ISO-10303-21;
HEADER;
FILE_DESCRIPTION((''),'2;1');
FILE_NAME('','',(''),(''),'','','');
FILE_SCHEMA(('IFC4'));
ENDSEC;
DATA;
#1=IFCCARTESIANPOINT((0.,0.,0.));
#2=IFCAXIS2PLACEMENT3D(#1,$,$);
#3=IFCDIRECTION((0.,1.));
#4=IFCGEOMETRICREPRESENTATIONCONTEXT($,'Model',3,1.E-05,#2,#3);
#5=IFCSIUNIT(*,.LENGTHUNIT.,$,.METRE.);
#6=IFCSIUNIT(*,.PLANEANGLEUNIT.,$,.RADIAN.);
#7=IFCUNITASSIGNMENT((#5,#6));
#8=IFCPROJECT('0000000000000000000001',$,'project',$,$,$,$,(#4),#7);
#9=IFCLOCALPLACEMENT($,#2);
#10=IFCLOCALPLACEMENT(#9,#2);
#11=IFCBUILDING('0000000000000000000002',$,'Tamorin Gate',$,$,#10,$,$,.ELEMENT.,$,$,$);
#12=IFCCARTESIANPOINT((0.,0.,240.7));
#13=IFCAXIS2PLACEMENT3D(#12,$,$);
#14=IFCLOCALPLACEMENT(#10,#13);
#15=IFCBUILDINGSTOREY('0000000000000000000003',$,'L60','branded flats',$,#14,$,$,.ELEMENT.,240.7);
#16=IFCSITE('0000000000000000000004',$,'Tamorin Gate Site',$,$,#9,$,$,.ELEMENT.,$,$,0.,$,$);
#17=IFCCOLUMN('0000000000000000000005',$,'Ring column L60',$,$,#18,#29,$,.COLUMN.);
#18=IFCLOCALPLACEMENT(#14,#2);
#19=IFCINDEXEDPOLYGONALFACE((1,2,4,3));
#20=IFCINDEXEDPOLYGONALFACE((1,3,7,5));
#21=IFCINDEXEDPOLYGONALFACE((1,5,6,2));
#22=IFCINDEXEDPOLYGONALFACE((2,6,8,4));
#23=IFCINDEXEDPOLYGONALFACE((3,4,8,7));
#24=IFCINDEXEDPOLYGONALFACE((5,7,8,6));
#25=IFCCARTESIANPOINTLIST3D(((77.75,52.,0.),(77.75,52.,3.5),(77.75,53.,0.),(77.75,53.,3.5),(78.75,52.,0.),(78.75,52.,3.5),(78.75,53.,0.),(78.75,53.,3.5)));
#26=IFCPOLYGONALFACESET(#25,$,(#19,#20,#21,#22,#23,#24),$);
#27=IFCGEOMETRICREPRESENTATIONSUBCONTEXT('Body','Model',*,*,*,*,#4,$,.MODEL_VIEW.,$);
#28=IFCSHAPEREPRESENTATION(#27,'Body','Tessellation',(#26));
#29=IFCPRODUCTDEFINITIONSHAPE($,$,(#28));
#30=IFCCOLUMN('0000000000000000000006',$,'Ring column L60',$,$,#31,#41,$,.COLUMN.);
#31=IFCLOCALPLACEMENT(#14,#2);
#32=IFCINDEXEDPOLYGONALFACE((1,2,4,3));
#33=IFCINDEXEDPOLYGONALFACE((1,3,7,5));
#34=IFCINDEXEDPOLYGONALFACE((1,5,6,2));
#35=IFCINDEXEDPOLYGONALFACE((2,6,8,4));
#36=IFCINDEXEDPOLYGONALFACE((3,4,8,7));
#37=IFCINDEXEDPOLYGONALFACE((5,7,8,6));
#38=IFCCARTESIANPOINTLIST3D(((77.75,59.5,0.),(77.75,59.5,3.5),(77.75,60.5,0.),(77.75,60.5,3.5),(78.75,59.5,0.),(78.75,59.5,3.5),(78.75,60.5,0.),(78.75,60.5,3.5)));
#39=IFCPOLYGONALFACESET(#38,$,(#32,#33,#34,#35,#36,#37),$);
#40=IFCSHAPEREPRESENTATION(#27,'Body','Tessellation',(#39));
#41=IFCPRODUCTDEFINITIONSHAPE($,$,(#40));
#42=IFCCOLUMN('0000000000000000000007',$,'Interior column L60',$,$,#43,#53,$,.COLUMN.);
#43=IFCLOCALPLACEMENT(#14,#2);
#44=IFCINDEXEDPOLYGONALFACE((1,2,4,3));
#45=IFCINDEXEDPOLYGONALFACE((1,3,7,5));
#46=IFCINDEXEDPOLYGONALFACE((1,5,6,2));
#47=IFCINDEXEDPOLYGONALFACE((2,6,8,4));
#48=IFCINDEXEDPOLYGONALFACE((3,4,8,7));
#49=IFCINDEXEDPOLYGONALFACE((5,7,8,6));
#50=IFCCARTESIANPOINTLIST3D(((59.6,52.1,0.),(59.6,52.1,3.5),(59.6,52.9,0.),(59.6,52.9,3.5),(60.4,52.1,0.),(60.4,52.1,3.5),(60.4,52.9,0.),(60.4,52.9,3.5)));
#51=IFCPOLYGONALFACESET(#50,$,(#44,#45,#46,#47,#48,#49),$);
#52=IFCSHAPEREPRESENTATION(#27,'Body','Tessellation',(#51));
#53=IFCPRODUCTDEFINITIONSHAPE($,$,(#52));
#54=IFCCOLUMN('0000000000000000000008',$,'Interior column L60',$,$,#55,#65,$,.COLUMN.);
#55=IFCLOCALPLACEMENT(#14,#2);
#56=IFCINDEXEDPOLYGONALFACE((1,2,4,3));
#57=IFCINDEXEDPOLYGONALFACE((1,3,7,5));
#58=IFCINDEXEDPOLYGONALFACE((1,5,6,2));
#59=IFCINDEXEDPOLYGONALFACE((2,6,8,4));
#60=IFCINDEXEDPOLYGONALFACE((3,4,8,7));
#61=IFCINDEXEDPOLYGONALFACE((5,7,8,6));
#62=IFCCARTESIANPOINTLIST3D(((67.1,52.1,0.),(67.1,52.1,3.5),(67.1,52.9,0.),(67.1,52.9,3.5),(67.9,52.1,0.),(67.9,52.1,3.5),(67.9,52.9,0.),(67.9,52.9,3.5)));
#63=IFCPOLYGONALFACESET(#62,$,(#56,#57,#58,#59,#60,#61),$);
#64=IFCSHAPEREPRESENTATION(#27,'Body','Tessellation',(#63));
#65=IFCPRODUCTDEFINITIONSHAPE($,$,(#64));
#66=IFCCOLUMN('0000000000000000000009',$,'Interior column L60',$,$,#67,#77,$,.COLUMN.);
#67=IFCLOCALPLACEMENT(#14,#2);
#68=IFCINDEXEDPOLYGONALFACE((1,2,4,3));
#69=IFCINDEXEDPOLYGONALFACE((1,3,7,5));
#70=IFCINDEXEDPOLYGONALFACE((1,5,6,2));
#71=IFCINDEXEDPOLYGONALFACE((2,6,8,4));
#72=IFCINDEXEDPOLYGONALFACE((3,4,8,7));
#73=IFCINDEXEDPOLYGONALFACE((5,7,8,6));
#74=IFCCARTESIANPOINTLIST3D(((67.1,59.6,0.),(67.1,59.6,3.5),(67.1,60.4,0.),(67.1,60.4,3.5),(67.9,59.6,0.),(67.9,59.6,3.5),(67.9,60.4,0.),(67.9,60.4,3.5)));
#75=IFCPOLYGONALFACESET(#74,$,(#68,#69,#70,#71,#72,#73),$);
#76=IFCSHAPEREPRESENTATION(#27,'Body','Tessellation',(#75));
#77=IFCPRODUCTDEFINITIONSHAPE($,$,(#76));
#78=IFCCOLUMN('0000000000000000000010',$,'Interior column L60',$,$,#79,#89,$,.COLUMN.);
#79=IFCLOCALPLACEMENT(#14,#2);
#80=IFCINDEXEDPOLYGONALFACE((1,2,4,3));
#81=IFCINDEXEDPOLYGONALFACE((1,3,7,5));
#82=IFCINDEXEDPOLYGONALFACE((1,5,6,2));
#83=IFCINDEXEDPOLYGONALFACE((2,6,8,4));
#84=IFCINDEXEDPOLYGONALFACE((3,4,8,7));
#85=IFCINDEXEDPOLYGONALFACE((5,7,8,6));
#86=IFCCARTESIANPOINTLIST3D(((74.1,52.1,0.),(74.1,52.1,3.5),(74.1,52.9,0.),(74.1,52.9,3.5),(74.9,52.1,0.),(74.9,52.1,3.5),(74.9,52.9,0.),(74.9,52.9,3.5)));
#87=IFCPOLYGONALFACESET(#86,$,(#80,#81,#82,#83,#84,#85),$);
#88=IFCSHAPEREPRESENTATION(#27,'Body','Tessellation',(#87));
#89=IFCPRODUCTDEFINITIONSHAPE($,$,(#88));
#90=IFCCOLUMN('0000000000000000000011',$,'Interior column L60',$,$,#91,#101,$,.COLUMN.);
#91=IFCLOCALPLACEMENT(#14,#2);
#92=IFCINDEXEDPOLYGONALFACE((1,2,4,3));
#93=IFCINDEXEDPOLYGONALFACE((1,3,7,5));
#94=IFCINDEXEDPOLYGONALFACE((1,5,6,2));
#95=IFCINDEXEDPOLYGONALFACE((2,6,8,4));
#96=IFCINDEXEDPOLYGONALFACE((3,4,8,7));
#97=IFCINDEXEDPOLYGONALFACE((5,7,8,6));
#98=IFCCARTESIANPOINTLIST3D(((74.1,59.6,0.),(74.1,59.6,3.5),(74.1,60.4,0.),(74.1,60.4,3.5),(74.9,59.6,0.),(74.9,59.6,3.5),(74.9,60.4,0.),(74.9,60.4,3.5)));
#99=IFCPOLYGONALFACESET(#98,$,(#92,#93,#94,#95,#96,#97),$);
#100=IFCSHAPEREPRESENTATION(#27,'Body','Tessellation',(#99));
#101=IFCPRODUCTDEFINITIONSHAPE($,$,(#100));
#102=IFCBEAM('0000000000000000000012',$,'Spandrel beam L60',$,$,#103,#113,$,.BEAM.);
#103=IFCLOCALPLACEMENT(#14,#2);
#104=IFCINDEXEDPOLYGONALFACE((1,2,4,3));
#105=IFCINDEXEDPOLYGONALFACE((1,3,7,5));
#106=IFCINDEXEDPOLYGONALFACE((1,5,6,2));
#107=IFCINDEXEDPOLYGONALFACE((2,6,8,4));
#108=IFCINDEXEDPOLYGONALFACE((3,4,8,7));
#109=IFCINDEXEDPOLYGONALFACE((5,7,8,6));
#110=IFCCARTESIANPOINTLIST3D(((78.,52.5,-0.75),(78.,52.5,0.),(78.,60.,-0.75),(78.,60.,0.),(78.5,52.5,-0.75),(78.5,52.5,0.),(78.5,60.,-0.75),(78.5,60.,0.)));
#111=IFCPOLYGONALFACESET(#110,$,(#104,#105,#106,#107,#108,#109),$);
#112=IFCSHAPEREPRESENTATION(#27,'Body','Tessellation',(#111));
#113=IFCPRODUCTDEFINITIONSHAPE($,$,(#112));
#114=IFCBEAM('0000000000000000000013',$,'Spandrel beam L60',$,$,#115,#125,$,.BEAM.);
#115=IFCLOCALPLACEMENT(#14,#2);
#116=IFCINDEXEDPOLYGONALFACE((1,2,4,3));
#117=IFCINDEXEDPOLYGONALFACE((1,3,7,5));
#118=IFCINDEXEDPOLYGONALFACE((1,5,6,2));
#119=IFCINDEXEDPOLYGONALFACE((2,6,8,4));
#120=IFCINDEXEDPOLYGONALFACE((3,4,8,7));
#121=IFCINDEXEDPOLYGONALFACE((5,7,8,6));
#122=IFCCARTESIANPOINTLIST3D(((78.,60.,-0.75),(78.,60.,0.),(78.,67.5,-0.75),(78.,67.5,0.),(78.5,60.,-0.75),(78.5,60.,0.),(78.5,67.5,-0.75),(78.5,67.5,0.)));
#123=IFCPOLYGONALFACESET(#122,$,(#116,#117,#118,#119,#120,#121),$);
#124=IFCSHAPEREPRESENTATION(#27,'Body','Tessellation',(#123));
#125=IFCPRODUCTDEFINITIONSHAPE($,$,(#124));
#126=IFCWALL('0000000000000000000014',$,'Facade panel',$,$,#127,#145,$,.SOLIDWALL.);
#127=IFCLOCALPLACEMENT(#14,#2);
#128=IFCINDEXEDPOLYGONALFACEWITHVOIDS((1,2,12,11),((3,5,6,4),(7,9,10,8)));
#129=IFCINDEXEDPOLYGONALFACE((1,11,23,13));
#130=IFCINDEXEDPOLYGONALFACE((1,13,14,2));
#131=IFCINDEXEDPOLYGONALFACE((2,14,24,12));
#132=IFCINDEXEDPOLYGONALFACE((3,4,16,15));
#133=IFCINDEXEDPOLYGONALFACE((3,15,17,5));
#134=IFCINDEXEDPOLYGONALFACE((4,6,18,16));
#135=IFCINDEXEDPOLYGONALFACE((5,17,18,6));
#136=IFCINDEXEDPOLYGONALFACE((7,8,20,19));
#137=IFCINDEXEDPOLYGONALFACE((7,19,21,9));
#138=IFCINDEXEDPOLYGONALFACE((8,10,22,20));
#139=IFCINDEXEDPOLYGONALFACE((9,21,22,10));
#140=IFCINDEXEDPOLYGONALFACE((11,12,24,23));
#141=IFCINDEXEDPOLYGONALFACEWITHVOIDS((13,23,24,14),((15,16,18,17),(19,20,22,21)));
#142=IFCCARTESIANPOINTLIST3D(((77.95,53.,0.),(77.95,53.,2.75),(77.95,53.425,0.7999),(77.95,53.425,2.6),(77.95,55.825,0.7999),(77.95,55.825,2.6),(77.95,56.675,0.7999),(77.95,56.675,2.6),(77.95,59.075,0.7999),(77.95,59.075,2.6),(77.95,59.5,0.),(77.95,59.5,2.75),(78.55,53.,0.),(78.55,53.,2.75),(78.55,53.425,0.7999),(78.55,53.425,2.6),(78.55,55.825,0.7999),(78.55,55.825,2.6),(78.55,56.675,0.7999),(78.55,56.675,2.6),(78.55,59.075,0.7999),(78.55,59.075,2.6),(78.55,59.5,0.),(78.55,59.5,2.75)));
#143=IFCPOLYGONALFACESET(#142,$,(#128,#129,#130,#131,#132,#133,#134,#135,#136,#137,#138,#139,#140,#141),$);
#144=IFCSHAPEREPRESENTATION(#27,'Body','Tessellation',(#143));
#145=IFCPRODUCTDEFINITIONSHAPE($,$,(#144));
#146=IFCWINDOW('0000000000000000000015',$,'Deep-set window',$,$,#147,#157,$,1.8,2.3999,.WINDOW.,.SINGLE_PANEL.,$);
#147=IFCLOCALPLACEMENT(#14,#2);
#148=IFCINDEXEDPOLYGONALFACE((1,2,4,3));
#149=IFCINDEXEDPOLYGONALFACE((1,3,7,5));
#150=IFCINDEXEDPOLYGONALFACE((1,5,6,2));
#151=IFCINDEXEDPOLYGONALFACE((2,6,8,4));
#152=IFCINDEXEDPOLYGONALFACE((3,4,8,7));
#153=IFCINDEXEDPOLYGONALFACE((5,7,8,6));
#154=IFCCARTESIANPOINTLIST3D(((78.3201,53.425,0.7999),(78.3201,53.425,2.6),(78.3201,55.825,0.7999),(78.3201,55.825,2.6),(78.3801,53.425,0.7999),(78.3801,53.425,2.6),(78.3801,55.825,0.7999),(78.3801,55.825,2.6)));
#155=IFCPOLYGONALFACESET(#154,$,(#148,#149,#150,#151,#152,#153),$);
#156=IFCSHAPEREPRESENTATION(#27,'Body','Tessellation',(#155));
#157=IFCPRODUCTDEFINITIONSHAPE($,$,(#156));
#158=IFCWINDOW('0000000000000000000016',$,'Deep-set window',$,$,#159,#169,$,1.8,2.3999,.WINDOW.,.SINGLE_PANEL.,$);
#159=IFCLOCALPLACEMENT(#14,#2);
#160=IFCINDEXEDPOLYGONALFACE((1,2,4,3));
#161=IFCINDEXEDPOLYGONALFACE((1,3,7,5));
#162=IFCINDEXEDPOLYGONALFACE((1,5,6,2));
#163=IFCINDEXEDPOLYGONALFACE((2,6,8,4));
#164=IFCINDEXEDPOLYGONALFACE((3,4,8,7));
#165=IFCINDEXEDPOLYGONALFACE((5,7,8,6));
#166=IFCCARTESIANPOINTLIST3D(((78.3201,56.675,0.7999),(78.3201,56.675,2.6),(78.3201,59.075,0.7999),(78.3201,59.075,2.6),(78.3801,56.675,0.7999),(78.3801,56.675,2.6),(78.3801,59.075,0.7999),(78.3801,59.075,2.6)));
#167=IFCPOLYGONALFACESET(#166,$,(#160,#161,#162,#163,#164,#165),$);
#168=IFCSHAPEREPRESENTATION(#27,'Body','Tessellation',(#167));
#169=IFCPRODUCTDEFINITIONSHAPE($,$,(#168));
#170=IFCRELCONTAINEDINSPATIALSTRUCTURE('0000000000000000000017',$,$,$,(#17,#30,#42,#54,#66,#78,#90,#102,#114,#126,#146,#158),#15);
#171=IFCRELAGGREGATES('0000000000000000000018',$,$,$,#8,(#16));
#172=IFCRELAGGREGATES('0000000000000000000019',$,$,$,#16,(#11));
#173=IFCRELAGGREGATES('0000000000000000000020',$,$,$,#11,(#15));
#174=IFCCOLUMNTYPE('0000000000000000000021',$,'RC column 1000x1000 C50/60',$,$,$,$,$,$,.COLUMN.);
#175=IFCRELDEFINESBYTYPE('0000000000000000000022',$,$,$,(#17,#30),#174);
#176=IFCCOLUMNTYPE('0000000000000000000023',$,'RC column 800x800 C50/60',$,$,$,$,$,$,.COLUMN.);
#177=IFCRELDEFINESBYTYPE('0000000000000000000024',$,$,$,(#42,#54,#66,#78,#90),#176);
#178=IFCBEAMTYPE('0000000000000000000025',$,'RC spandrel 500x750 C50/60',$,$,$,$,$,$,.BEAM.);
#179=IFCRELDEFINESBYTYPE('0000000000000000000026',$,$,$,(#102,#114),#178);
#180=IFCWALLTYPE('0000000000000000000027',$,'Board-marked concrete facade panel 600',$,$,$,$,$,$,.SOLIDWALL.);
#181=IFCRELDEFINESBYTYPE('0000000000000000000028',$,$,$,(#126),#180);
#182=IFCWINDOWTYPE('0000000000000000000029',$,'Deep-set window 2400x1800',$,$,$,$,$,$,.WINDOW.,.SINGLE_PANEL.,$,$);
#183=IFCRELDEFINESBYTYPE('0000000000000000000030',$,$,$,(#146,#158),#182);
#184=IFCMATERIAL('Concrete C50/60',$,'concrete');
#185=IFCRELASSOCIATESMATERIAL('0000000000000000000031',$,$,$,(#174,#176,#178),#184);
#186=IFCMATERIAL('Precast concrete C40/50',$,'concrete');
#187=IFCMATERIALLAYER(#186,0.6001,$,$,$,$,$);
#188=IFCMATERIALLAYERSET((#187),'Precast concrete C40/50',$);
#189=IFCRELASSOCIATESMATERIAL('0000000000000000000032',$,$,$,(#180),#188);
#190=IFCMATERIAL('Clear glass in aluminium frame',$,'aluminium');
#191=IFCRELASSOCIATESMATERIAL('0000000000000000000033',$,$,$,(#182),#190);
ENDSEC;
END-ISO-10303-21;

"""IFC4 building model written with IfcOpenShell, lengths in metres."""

from ifc_helpers import new_model, si_unit, direction, frame, frame_2d, origin, origin_2d, place, context, subcontext, project, spatial, rectangle, extrude, material, layer, layer_set, material_profile, profile_set, type_object, element, fill, save


model = new_model("IFC4")

# Units and contexts
model_context = context("Model", 3, precision=1e-05, world=origin(), true_north=direction((0.0, 1.0)))
body_context = subcontext(model_context, "Body", "Model", "MODEL_VIEW")
ifc_project = project(units=[si_unit("LENGTHUNIT", "METRE"), si_unit("PLANEANGLEUNIT", "RADIAN")], contexts=[model_context])

# Site, building, storey
site_placement = place(None, origin())
site = spatial("IfcSite", under=ifc_project, at=site_placement, Name="Tamorin Gate Site", CompositionType="ELEMENT", RefElevation=0.0)
building_placement = place(site_placement, origin())
building = spatial("IfcBuilding", under=site, at=building_placement, Name="Tamorin Gate", CompositionType="ELEMENT")
storey_placement = place(building_placement, frame((0.0, 0.0, 240.7)))
storey = spatial("IfcBuildingStorey", under=building, at=storey_placement, Name="L60", Description="branded flats", CompositionType="ELEMENT", Elevation=240.7)

# Columns
ifc_material_1 = material(Name="Concrete C50/60", Category="concrete")
ifc_material_profile_1 = material_profile(ifc_material_1, rectangle(XDim=1.0, YDim=1.0, at=origin_2d()), Name="RC 1000x1000")
ifc_profile_set_1 = profile_set([ifc_material_profile_1], Name="Concrete C50/60")
column_type_1 = type_object("IfcColumnType", Name="RC column 1000x1000 C50/60", PredefinedType="COLUMN", material=ifc_profile_set_1)
for number, where, z_axis, x_axis, name in (
    (1, (78.25, 52.5, 0.0), (0.0, 0.0, 1.0), (1.0, 0.0, 0.0), "Ring column L60"),
    (2, (78.25, 60.0, 0.0), (0.0, 0.0, 1.0), (1.0, 0.0, 0.0), "Ring column L60"),
):
    element("IfcColumn", number, at=place(storey_placement, frame(where, z_axis=z_axis, x_axis=x_axis)), inside=storey, type_object=column_type_1, Name=name, PredefinedType="COLUMN", context=body_context, shape_type="SweptSolid", body=[
        extrude(rectangle(XDim=1.0, YDim=1.0, at=origin_2d()), origin(), (0.0, 0.0, 1.0), 3.5),
    ])
ifc_material_profile_2 = material_profile(ifc_material_1, rectangle(XDim=0.8, YDim=0.8, at=origin_2d()), Name="RC 800x800")
ifc_profile_set_2 = profile_set([ifc_material_profile_2], Name="Concrete C50/60")
column_type_2 = type_object("IfcColumnType", Name="RC column 800x800 C50/60", PredefinedType="COLUMN", material=ifc_profile_set_2)
for number, where, z_axis, x_axis, name in (
    (3, (60.0, 52.5, 0.0), (0.0, 0.0, 1.0), (1.0, 0.0, 0.0), "Interior column L60"),
    (4, (67.5, 52.5, 0.0), (0.0, 0.0, 1.0), (1.0, 0.0, 0.0), "Interior column L60"),
    (5, (67.5, 60.0, 0.0), (0.0, 0.0, 1.0), (1.0, 0.0, 0.0), "Interior column L60"),
    (6, (74.5, 52.5, 0.0), (0.0, 0.0, 1.0), (1.0, 0.0, 0.0), "Interior column L60"),
    (7, (74.5, 60.0, 0.0), (0.0, 0.0, 1.0), (1.0, 0.0, 0.0), "Interior column L60"),
):
    element("IfcColumn", number, at=place(storey_placement, frame(where, z_axis=z_axis, x_axis=x_axis)), inside=storey, type_object=column_type_2, Name=name, PredefinedType="COLUMN", context=body_context, shape_type="SweptSolid", body=[
        extrude(rectangle(XDim=0.8, YDim=0.8, at=origin_2d()), origin(), (0.0, 0.0, 1.0), 3.5),
    ])

# Beams
ifc_material_profile_3 = material_profile(ifc_material_1, rectangle(XDim=0.5, YDim=0.75, at=origin_2d()), Name="RC 500x750")
ifc_profile_set_3 = profile_set([ifc_material_profile_3], Name="Concrete C50/60")
beam_type = type_object("IfcBeamType", Name="RC spandrel 500x750 C50/60", PredefinedType="BEAM", material=ifc_profile_set_3)
for number, where, z_axis, x_axis, name in (
    (8, (78.25, 52.5, -0.375), (0.0, 1.0, 0.0), (-1.0, 0.0, 0.0), "Spandrel beam L60"),
    (9, (78.25, 60.0, -0.375), (0.0, 1.0, 0.0), (-1.0, 0.0, 0.0), "Spandrel beam L60"),
):
    element("IfcBeam", number, at=place(storey_placement, frame(where, z_axis=z_axis, x_axis=x_axis)), inside=storey, type_object=beam_type, Name=name, PredefinedType="BEAM", context=body_context, shape_type="SweptSolid", body=[
        extrude(rectangle(XDim=0.5, YDim=0.75, at=origin_2d()), origin(), (0.0, 0.0, 1.0), 7.5),
    ])

# Wall, openings, windows
ifc_material_2 = material(Name="Precast concrete C40/50", Category="concrete")
ifc_layer_1 = layer(ifc_material_2, 0.6001)
ifc_layer_set_1 = layer_set([ifc_layer_1], Name="Precast concrete C40/50")
wall_type_1 = type_object("IfcWallType", Name="Board-marked concrete facade panel 600", PredefinedType="SOLIDWALL", material=ifc_layer_set_1)
wall_1_placement = place(storey_placement, frame((78.25, 53.0, 0.0), z_axis=(0.0, 0.0, 1.0), x_axis=(0.0, 1.0, 0.0)))
wall_1 = element("IfcWall", 10, at=wall_1_placement, inside=storey, type_object=wall_type_1, Name="Facade panel", PredefinedType="SOLIDWALL", context=body_context, shape_type="SweptSolid", body=[
    extrude(rectangle(XDim=6.5, YDim=0.6001, at=frame_2d((3.25, 0.0))), origin(), (0.0, 0.0, 1.0), 2.75),
])
opening_1_placement = place(wall_1_placement, frame((0.425, 0.0, 0.8)))
opening_1 = element("IfcOpeningElement", 11, at=opening_1_placement, cuts=wall_1, PredefinedType="OPENING", context=body_context, shape_type="SweptSolid", body=[
    extrude(rectangle(XDim=2.3999, YDim=1.8, at=frame_2d((1.2, 0.8999))), frame((0.0, 0.3101, 0.0), z_axis=(0.0, -1.0, 0.0), x_axis=(1.0, 0.0, 0.0)), (0.0, 0.0, 1.0), 0.6201),
])
opening_2_placement = place(wall_1_placement, frame((3.675, 0.0, 0.8)))
opening_2 = element("IfcOpeningElement", 12, at=opening_2_placement, cuts=wall_1, PredefinedType="OPENING", context=body_context, shape_type="SweptSolid", body=[
    extrude(rectangle(XDim=2.3999, YDim=1.8, at=frame_2d((1.2, 0.8999))), frame((0.0, 0.3101, 0.0), z_axis=(0.0, -1.0, 0.0), x_axis=(1.0, 0.0, 0.0)), (0.0, 0.0, 1.0), 0.6201),
])
ifc_material_3 = material(Name="Clear glass in aluminium frame", Category="aluminium")
window_type = type_object("IfcWindowType", Name="Deep-set window 2400x1800", PartitioningType="SINGLE_PANEL", PredefinedType="WINDOW", material=ifc_material_3)
window_1_placement = place(opening_1_placement, origin())
window_1 = element("IfcWindow", 13, at=window_1_placement, inside=storey, type_object=window_type, Name="Deep-set window", OverallHeight=1.8, OverallWidth=2.3999, PartitioningType="SINGLE_PANEL", PredefinedType="WINDOW", context=body_context, shape_type="SweptSolid", body=[
    extrude(rectangle(XDim=2.3999, YDim=1.8, at=frame_2d((1.2, 0.8999))), frame((0.0, -0.0701, 0.0), z_axis=(0.0, -1.0, 0.0), x_axis=(1.0, 0.0, 0.0)), (0.0, 0.0, 1.0), 0.0601),
])
fill(opening_1, window_1)
window_2_placement = place(opening_2_placement, origin())
window_2 = element("IfcWindow", 14, at=window_2_placement, inside=storey, type_object=window_type, Name="Deep-set window", OverallHeight=1.8, OverallWidth=2.3999, PartitioningType="SINGLE_PANEL", PredefinedType="WINDOW", context=body_context, shape_type="SweptSolid", body=[
    extrude(rectangle(XDim=2.3999, YDim=1.8, at=frame_2d((1.2, 0.8999))), frame((0.0, -0.0701, 0.0), z_axis=(0.0, -1.0, 0.0), x_axis=(1.0, 0.0, 0.0)), (0.0, 0.0, 1.0), 0.0601),
])
fill(opening_2, window_2)

save(model, "model.ifc")
